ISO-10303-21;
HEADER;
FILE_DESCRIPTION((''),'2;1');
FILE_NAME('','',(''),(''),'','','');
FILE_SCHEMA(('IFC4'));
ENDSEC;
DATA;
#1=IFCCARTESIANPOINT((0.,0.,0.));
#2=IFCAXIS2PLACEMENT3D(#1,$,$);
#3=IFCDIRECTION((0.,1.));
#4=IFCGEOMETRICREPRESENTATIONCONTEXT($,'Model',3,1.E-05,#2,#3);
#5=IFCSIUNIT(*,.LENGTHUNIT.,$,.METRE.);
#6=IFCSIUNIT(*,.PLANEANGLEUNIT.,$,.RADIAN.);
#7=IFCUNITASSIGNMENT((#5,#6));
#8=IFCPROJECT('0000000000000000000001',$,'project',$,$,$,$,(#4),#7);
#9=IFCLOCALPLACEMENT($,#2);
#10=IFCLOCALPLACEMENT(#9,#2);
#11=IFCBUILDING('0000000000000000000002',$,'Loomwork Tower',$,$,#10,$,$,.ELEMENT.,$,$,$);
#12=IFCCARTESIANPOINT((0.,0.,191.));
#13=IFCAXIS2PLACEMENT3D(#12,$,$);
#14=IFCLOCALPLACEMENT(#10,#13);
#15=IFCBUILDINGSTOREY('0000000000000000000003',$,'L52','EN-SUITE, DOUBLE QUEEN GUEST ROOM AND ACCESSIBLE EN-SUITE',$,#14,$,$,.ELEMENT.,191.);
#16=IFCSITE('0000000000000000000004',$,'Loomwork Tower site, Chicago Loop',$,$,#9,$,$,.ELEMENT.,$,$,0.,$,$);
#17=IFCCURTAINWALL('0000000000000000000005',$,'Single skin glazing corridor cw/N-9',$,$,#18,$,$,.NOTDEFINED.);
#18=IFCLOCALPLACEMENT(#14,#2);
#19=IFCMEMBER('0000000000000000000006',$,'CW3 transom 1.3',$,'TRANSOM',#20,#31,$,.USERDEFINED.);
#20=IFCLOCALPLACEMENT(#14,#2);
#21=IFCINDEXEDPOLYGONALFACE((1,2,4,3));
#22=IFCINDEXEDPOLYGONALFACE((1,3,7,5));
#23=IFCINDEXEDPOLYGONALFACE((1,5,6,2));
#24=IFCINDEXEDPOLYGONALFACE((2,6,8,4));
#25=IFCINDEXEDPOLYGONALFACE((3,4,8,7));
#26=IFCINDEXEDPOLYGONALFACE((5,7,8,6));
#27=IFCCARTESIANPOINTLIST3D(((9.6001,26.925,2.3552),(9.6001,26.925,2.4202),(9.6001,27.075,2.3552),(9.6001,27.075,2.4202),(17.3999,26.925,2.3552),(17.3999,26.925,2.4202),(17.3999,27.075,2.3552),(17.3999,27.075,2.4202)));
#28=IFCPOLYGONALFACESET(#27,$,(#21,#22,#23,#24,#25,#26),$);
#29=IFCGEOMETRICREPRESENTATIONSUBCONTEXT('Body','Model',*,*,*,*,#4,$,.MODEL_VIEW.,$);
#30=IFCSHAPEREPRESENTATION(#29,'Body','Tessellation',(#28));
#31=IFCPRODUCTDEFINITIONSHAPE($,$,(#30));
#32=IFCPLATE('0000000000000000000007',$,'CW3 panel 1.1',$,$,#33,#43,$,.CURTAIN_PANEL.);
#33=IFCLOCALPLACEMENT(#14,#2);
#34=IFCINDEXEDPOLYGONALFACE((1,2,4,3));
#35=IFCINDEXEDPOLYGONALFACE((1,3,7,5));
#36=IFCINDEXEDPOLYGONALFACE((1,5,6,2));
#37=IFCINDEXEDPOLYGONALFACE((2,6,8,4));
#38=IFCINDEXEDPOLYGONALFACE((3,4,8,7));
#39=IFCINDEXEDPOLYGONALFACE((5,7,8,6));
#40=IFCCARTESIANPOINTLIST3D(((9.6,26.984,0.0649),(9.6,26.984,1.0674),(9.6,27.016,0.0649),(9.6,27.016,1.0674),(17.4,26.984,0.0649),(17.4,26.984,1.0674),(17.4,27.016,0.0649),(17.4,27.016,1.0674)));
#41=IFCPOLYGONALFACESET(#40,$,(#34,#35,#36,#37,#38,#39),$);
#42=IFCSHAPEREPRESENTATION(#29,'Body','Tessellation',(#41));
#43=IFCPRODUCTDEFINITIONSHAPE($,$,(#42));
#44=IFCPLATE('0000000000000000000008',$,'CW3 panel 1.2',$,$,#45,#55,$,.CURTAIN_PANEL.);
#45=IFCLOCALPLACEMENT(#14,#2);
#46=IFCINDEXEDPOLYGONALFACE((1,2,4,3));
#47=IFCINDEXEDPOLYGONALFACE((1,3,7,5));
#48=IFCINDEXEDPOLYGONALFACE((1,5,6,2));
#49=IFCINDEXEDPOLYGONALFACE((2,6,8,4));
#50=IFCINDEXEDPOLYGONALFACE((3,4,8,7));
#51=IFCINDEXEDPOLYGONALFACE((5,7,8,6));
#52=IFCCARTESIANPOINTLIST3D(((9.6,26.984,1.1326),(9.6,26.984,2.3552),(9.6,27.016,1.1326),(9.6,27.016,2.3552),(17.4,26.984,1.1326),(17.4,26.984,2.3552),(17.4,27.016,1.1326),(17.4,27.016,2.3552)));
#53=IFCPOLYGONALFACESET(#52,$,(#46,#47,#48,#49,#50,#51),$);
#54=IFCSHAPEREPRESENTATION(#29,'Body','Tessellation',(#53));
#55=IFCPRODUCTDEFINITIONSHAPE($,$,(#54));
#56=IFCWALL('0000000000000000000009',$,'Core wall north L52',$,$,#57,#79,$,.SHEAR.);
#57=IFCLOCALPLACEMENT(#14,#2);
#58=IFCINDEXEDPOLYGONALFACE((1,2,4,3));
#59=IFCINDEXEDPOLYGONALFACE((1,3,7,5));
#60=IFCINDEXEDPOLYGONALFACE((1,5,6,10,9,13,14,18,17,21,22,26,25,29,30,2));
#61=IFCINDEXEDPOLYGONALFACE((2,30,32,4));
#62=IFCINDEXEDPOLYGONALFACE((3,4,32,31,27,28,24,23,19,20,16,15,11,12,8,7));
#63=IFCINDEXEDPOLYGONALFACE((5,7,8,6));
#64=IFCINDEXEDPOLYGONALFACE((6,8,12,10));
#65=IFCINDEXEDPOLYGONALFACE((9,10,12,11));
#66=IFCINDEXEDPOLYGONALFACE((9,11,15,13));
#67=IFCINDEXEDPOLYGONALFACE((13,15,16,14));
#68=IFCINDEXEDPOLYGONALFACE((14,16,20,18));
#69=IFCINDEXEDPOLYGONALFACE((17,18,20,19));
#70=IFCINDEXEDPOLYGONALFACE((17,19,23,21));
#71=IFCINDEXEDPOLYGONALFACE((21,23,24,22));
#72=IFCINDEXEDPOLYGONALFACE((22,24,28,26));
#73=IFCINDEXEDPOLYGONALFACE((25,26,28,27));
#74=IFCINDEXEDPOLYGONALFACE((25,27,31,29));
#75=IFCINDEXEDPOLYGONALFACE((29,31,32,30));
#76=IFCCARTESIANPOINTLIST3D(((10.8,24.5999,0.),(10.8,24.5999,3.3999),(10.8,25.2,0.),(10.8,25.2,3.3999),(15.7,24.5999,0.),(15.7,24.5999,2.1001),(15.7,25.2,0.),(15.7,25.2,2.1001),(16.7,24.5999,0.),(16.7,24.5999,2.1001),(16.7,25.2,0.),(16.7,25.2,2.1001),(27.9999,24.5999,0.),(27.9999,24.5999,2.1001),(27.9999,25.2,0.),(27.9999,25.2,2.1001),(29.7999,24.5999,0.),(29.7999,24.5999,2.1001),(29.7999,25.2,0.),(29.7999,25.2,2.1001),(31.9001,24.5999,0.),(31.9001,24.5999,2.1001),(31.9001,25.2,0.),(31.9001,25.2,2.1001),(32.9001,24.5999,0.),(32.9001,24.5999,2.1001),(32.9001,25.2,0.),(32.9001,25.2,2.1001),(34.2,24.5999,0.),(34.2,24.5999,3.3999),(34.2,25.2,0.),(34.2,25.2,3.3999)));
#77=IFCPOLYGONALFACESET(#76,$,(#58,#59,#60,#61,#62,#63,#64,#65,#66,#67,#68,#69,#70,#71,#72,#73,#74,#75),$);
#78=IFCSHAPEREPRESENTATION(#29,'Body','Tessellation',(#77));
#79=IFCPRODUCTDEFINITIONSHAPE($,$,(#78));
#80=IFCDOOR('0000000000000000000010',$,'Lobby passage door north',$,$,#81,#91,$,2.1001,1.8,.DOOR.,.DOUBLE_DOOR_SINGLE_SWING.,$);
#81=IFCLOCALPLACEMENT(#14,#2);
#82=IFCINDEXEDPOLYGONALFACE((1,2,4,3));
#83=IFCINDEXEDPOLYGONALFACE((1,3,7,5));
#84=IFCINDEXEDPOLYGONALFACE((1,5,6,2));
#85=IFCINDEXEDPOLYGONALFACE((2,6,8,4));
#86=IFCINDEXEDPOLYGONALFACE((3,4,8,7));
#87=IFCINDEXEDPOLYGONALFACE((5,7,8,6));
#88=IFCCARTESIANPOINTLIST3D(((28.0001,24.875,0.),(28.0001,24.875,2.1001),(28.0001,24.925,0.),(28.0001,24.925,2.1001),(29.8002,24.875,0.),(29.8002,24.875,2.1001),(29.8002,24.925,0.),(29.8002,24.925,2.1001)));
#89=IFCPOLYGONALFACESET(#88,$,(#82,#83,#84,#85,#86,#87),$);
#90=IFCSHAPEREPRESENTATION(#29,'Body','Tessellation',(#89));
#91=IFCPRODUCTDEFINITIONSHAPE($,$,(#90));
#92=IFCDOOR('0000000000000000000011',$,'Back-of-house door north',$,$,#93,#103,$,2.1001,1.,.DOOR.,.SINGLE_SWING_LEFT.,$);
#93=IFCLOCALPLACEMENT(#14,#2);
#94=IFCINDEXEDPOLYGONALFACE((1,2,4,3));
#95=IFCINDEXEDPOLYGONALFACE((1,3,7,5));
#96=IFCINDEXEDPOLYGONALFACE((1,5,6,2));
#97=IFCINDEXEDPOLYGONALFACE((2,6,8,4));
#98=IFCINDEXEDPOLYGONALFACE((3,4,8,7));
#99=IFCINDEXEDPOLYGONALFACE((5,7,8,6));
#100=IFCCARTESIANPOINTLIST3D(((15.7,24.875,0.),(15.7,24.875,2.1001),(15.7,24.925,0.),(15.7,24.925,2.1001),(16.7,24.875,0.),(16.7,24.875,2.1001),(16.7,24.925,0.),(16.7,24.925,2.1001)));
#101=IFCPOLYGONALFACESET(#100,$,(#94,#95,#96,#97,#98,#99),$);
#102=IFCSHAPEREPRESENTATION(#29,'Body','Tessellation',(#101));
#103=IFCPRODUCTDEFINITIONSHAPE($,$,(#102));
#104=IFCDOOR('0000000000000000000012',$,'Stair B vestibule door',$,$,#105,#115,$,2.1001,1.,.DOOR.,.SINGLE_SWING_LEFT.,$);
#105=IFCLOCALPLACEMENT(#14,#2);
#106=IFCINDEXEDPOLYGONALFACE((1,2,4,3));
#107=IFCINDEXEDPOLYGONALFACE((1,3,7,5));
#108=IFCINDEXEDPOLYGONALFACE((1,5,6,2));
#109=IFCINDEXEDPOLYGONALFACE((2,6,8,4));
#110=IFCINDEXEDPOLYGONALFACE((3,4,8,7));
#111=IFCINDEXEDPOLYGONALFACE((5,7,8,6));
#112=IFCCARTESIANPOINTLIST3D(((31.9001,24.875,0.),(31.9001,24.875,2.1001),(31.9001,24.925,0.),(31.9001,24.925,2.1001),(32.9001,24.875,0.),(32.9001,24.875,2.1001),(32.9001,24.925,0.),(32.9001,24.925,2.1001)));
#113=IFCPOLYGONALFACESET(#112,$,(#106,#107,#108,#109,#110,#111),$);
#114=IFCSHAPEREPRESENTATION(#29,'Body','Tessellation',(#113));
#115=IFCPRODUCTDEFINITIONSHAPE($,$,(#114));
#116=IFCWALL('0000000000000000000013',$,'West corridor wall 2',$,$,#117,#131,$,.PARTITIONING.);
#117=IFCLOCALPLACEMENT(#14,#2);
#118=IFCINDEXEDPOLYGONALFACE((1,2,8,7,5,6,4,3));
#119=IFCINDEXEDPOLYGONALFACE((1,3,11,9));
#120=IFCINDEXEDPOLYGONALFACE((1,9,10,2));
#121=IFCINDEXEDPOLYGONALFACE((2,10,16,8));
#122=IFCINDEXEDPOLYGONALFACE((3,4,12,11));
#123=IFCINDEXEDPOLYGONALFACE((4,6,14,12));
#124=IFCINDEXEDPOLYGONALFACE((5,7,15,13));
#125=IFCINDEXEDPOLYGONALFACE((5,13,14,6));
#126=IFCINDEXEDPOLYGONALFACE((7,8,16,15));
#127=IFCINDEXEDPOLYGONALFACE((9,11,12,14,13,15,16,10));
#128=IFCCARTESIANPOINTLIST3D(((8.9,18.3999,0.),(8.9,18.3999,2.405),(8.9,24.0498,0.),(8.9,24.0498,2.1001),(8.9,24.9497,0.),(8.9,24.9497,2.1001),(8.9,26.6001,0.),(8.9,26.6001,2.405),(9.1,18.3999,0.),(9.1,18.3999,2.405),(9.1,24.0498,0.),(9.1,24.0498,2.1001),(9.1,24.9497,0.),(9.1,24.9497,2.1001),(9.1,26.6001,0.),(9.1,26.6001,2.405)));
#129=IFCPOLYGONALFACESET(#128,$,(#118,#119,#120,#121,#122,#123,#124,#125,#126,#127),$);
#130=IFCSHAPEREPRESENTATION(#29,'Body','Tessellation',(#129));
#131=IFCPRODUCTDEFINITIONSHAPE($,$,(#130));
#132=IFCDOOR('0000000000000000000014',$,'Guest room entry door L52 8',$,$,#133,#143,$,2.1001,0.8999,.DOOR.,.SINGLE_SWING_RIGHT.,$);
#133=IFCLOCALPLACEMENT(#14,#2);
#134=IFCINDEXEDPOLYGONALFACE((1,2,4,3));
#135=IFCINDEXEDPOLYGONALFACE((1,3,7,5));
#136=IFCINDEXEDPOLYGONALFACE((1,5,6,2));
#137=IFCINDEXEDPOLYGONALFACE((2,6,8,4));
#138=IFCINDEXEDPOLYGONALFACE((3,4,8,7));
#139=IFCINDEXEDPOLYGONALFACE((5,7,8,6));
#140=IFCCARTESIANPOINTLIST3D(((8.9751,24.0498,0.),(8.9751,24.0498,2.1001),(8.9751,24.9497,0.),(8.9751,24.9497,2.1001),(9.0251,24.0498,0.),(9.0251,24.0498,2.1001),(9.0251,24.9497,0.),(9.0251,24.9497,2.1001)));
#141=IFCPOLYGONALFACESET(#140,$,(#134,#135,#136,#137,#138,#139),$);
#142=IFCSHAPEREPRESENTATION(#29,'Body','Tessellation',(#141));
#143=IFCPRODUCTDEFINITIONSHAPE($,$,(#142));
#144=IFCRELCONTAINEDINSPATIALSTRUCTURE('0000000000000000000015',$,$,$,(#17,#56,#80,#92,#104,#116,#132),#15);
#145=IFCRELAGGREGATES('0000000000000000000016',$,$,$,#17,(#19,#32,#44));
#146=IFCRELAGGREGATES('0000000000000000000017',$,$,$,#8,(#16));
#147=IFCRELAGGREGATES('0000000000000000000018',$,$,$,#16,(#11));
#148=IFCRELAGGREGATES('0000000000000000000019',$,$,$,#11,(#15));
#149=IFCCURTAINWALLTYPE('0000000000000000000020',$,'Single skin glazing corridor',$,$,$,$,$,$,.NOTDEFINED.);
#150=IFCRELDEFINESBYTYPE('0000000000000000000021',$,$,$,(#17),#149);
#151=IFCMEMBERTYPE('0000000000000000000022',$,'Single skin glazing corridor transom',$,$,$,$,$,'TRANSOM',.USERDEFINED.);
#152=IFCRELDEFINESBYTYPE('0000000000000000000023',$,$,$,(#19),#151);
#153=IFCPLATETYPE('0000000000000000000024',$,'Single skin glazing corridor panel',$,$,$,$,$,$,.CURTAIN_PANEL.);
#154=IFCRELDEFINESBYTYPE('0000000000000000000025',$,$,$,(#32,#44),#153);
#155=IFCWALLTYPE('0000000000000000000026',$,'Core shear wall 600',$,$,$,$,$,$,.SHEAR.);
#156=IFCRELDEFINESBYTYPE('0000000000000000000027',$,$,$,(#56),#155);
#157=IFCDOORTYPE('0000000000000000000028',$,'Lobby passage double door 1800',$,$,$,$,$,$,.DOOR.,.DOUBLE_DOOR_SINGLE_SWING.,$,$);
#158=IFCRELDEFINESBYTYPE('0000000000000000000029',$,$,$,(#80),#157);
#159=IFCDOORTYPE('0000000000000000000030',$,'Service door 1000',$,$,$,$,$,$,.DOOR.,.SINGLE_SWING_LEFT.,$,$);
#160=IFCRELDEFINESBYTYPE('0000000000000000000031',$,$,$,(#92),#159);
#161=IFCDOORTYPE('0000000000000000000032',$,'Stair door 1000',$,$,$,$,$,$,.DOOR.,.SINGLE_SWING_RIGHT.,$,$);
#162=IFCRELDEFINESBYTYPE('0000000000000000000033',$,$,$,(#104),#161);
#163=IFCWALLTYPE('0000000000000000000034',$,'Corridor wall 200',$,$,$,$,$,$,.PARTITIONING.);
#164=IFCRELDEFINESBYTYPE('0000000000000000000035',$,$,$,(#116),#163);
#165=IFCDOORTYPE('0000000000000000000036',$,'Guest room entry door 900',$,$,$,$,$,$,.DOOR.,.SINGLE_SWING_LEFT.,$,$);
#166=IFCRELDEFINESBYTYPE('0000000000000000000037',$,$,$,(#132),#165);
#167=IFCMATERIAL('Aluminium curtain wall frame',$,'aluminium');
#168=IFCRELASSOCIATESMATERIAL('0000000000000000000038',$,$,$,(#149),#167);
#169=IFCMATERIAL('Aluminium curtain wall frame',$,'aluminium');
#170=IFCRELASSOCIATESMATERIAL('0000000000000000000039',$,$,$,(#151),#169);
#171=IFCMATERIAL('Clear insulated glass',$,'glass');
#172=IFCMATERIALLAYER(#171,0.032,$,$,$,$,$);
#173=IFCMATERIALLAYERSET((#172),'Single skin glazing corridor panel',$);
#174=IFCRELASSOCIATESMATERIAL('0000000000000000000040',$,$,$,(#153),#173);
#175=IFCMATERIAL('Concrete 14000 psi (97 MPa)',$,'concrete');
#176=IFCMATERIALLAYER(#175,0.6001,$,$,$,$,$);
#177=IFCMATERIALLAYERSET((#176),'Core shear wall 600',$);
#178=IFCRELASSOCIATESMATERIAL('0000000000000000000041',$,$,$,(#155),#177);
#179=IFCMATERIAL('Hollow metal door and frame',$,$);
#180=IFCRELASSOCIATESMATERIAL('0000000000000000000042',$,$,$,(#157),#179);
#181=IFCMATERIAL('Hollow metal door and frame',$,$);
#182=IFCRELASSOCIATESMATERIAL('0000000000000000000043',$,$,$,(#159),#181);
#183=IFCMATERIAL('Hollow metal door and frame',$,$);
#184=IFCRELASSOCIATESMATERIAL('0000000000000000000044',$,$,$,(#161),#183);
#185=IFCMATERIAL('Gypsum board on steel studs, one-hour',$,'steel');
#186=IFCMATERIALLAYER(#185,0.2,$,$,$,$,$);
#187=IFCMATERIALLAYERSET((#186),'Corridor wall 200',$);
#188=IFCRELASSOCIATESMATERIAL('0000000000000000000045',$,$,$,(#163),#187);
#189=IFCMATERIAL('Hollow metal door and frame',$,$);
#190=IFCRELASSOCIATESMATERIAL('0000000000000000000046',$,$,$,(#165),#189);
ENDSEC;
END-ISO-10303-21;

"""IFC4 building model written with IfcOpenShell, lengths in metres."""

from ifc_helpers import new_model, si_unit, direction, frame, frame_2d, origin, origin_2d, place, context, subcontext, project, spatial, rectangle, extrude, material, layer, layer_set, material_profile, profile_set, type_object, element, fill, aggregate, save


model = new_model("IFC4")

# Units and contexts
model_context = context("Model", 3, precision=1e-05, world=origin(), true_north=direction((0.0, 1.0)))
body_context = subcontext(model_context, "Body", "Model", "MODEL_VIEW")
ifc_project = project(units=[si_unit("LENGTHUNIT", "METRE"), si_unit("PLANEANGLEUNIT", "RADIAN")], contexts=[model_context])

# Site, building, storey
site_placement = place(None, origin())
site = spatial("IfcSite", under=ifc_project, at=site_placement, Name="Loomwork Tower site, Chicago Loop", CompositionType="ELEMENT", RefElevation=0.0)
building_placement = place(site_placement, origin())
building = spatial("IfcBuilding", under=site, at=building_placement, Name="Loomwork Tower", CompositionType="ELEMENT")
storey_placement = place(building_placement, frame((0.0, 0.0, 191.0)))
storey = spatial("IfcBuildingStorey", under=building, at=storey_placement, Name="L52", Description="EN-SUITE, DOUBLE QUEEN GUEST ROOM AND ACCESSIBLE EN-SUITE", CompositionType="ELEMENT", Elevation=191.0)

# Shared definitions
ifc_material_1 = material(Name="Aluminium curtain wall frame", Category="aluminium")
curtain_wall_type = type_object("IfcCurtainWallType", Name="Single skin glazing corridor", PredefinedType="NOTDEFINED", material=ifc_material_1)

# Curtain wall
curtain_wall_1_placement = place(storey_placement, origin())
curtain_wall_1 = element("IfcCurtainWall", 1, at=curtain_wall_1_placement, inside=storey, type_object=curtain_wall_type, Name="Single skin glazing corridor cw/N-9", PredefinedType="NOTDEFINED")

# Member
ifc_material_2 = material(Name="Aluminium curtain wall frame", Category="aluminium")
ifc_material_profile_1 = material_profile(ifc_material_2, rectangle(XDim=0.1499, YDim=0.0649, at=origin_2d()), Name="AL 65x150")
ifc_profile_set_1 = profile_set([ifc_material_profile_1], Name="Aluminium curtain wall frame")
member_type_1 = type_object("IfcMemberType", Name="Single skin glazing corridor transom", ElementType="TRANSOM", PredefinedType="USERDEFINED", material=ifc_profile_set_1)
member_1_placement = place(storey_placement, frame((17.3999, 27.0, 2.3877), z_axis=(-1.0, 0.0, 0.0), x_axis=(0.0, -1.0, 0.0)))
member_1 = element("IfcMember", 2, at=member_1_placement, type_object=member_type_1, Name="CW3 transom 1.3", ObjectType="TRANSOM", PredefinedType="USERDEFINED", context=body_context, shape_type="SweptSolid", body=[
    extrude(rectangle(XDim=0.1499, YDim=0.0649, at=origin_2d()), origin(), (0.0, 0.0, 1.0), 7.7998),
])

# Plates
ifc_material_3 = material(Name="Clear insulated glass", Category="glass")
ifc_layer_1 = layer(ifc_material_3, 0.032)
ifc_layer_set_1 = layer_set([ifc_layer_1], Name="Single skin glazing corridor panel")
plate_type = type_object("IfcPlateType", Name="Single skin glazing corridor panel", PredefinedType="CURTAIN_PANEL", material=ifc_layer_set_1)
plate_1_placement = place(storey_placement, frame((13.5, 27.0, 0.0649), z_axis=(0.0, 0.0, 1.0), x_axis=(-1.0, 0.0, 0.0)))
plate_1 = element("IfcPlate", 3, at=plate_1_placement, type_object=plate_type, Name="CW3 panel 1.1", PredefinedType="CURTAIN_PANEL", context=body_context, shape_type="SweptSolid", body=[
    extrude(rectangle(XDim=7.8, YDim=0.032, at=origin_2d()), origin(), (0.0, 0.0, 1.0), 1.0024),
])
plate_2_placement = place(storey_placement, frame((13.5, 27.0, 1.1326), z_axis=(0.0, 0.0, 1.0), x_axis=(-1.0, 0.0, 0.0)))
plate_2 = element("IfcPlate", 4, at=plate_2_placement, type_object=plate_type, Name="CW3 panel 1.2", PredefinedType="CURTAIN_PANEL", context=body_context, shape_type="SweptSolid", body=[
    extrude(rectangle(XDim=7.8, YDim=0.032, at=origin_2d()), origin(), (0.0, 0.0, 1.0), 1.2227),
])
aggregate(curtain_wall_1, [member_1, plate_1, plate_2])

# Wall, openings, doors
ifc_material_4 = material(Name="Concrete 14000 psi (97 MPa)", Category="concrete")
ifc_layer_2 = layer(ifc_material_4, 0.6001)
ifc_layer_set_2 = layer_set([ifc_layer_2], Name="Core shear wall 600")
wall_type_1 = type_object("IfcWallType", Name="Core shear wall 600", PredefinedType="SHEAR", material=ifc_layer_set_2)
wall_1_placement = place(storey_placement, frame((10.8, 24.8999, 0.0), z_axis=(0.0, 0.0, 1.0), x_axis=(1.0, 0.0, 0.0)))
wall_1 = element("IfcWall", 5, at=wall_1_placement, inside=storey, type_object=wall_type_1, Name="Core wall north L52", PredefinedType="SHEAR", context=body_context, shape_type="SweptSolid", body=[
    extrude(rectangle(XDim=23.3999, YDim=0.6001, at=frame_2d((11.7, 0.0))), origin(), (0.0, 0.0, 1.0), 3.3999),
])
opening_1_placement = place(wall_1_placement, frame((17.2, 0.0, 0.0)))
opening_1 = element("IfcOpeningElement", 6, at=opening_1_placement, cuts=wall_1, PredefinedType="OPENING", context=body_context, shape_type="SweptSolid", body=[
    extrude(rectangle(XDim=1.8, YDim=2.1001, at=frame_2d((0.8999, 1.05))), frame((0.0, 0.3101, 0.0), z_axis=(0.0, -1.0, 0.0), x_axis=(1.0, 0.0, 0.0)), (0.0, 0.0, 1.0), 0.6201),
])
opening_2_placement = place(wall_1_placement, frame((21.1001, 0.0, 0.0)))
opening_2 = element("IfcOpeningElement", 7, at=opening_2_placement, cuts=wall_1, PredefinedType="OPENING", context=body_context, shape_type="SweptSolid", body=[
    extrude(rectangle(XDim=1.0, YDim=2.1001, at=frame_2d((0.5, 1.05))), frame((0.0, 0.3101, 0.0), z_axis=(0.0, -1.0, 0.0), x_axis=(1.0, 0.0, 0.0)), (0.0, 0.0, 1.0), 0.6201),
])
opening_3_placement = place(wall_1_placement, frame((4.8999, 0.0, 0.0)))
opening_3 = element("IfcOpeningElement", 8, at=opening_3_placement, cuts=wall_1, PredefinedType="OPENING", context=body_context, shape_type="SweptSolid", body=[
    extrude(rectangle(XDim=1.0, YDim=2.1001, at=frame_2d((0.5, 1.05))), frame((0.0, 0.3101, 0.0), z_axis=(0.0, -1.0, 0.0), x_axis=(1.0, 0.0, 0.0)), (0.0, 0.0, 1.0), 0.6201),
])
ifc_material_5 = material(Name="Hollow metal door and frame")
door_type_1 = type_object("IfcDoorType", Name="Lobby passage double door 1800", OperationType="DOUBLE_DOOR_SINGLE_SWING", PredefinedType="DOOR", material=ifc_material_5)
door_1_placement = place(opening_1_placement, frame((1.8, 0.0, 0.0), z_axis=(0.0, 0.0, 1.0), x_axis=(-1.0, 0.0, 0.0)))
door_1 = element("IfcDoor", 9, at=door_1_placement, inside=storey, type_object=door_type_1, Name="Lobby passage door north", OperationType="DOUBLE_DOOR_SINGLE_SWING", OverallHeight=2.1001, OverallWidth=1.8, PredefinedType="DOOR", context=body_context, shape_type="SweptSolid", body=[
    extrude(rectangle(XDim=1.8, YDim=2.1001, at=frame_2d((0.8999, 1.05))), frame((0.0, 0.0249, 0.0), z_axis=(0.0, -1.0, 0.0), x_axis=(1.0, 0.0, 0.0)), (0.0, 0.0, 1.0), 0.05),
])
fill(opening_1, door_1)
ifc_material_6 = material(Name="Hollow metal door and frame")
door_type_2 = type_object("IfcDoorType", Name="Service door 1000", OperationType="SINGLE_SWING_LEFT", PredefinedType="DOOR", material=ifc_material_6)
door_2_placement = place(opening_3_placement, frame((1.0, 0.0, 0.0), z_axis=(0.0, 0.0, 1.0), x_axis=(-1.0, 0.0, 0.0)))
door_2 = element("IfcDoor", 10, at=door_2_placement, inside=storey, type_object=door_type_2, Name="Back-of-house door north", OperationType="SINGLE_SWING_LEFT", OverallHeight=2.1001, OverallWidth=1.0, PredefinedType="DOOR", context=body_context, shape_type="SweptSolid", body=[
    extrude(rectangle(XDim=1.0, YDim=2.1001, at=frame_2d((0.5, 1.05))), frame((0.0, 0.0249, 0.0), z_axis=(0.0, -1.0, 0.0), x_axis=(1.0, 0.0, 0.0)), (0.0, 0.0, 1.0), 0.05),
])
fill(opening_3, door_2)
ifc_material_7 = material(Name="Hollow metal door and frame")
door_type_3 = type_object("IfcDoorType", Name="Stair door 1000", OperationType="SINGLE_SWING_RIGHT", PredefinedType="DOOR", material=ifc_material_7)
door_3_placement = place(opening_2_placement, frame((1.0, 0.0, 0.0), z_axis=(0.0, 0.0, 1.0), x_axis=(-1.0, 0.0, 0.0)))
door_3 = element("IfcDoor", 11, at=door_3_placement, inside=storey, type_object=door_type_3, Name="Stair B vestibule door", OperationType="SINGLE_SWING_LEFT", OverallHeight=2.1001, OverallWidth=1.0, PredefinedType="DOOR", context=body_context, shape_type="SweptSolid", body=[
    extrude(rectangle(XDim=1.0, YDim=2.1001, at=frame_2d((0.5, 1.05))), frame((0.0, 0.0249, 0.0), z_axis=(0.0, -1.0, 0.0), x_axis=(1.0, 0.0, 0.0)), (0.0, 0.0, 1.0), 0.05),
])
fill(opening_2, door_3)

# Wall, opening, door
ifc_material_8 = material(Name="Gypsum board on steel studs, one-hour", Category="steel")
ifc_layer_3 = layer(ifc_material_8, 0.2)
ifc_layer_set_3 = layer_set([ifc_layer_3], Name="Corridor wall 200")
wall_type_2 = type_object("IfcWallType", Name="Corridor wall 200", PredefinedType="PARTITIONING", material=ifc_layer_set_3)
wall_2_placement = place(storey_placement, frame((9.0, 18.3999, 0.0), z_axis=(0.0, 0.0, 1.0), x_axis=(0.0, 1.0, 0.0)))
wall_2 = element("IfcWall", 12, at=wall_2_placement, inside=storey, type_object=wall_type_2, Name="West corridor wall 2", PredefinedType="PARTITIONING", context=body_context, shape_type="SweptSolid", body=[
    extrude(rectangle(XDim=8.2002, YDim=0.2, at=frame_2d((4.1001, 0.0))), origin(), (0.0, 0.0, 1.0), 2.405),
])
opening_4_placement = place(wall_2_placement, frame((5.6499, 0.0, 0.0)))
opening_4 = element("IfcOpeningElement", 13, at=opening_4_placement, cuts=wall_2, PredefinedType="OPENING", context=body_context, shape_type="SweptSolid", body=[
    extrude(rectangle(XDim=0.8999, YDim=2.1001, at=frame_2d((0.45, 1.05))), frame((0.0, 0.1099, 0.0), z_axis=(0.0, -1.0, 0.0), x_axis=(1.0, 0.0, 0.0)), (0.0, 0.0, 1.0), 0.22),
])
ifc_material_9 = material(Name="Hollow metal door and frame")
door_type_4 = type_object("IfcDoorType", Name="Guest room entry door 900", OperationType="SINGLE_SWING_LEFT", PredefinedType="DOOR", material=ifc_material_9)
door_4_placement = place(opening_4_placement, origin())
door_4 = element("IfcDoor", 14, at=door_4_placement, inside=storey, type_object=door_type_4, Name="Guest room entry door L52 8", OperationType="SINGLE_SWING_RIGHT", OverallHeight=2.1001, OverallWidth=0.8999, PredefinedType="DOOR", context=body_context, shape_type="SweptSolid", body=[
    extrude(rectangle(XDim=0.8999, YDim=2.1001, at=frame_2d((0.45, 1.05))), frame((0.0, 0.0249, 0.0), z_axis=(0.0, -1.0, 0.0), x_axis=(1.0, 0.0, 0.0)), (0.0, 0.0, 1.0), 0.05),
])
fill(opening_4, door_4)

save(model, "model.ifc")
